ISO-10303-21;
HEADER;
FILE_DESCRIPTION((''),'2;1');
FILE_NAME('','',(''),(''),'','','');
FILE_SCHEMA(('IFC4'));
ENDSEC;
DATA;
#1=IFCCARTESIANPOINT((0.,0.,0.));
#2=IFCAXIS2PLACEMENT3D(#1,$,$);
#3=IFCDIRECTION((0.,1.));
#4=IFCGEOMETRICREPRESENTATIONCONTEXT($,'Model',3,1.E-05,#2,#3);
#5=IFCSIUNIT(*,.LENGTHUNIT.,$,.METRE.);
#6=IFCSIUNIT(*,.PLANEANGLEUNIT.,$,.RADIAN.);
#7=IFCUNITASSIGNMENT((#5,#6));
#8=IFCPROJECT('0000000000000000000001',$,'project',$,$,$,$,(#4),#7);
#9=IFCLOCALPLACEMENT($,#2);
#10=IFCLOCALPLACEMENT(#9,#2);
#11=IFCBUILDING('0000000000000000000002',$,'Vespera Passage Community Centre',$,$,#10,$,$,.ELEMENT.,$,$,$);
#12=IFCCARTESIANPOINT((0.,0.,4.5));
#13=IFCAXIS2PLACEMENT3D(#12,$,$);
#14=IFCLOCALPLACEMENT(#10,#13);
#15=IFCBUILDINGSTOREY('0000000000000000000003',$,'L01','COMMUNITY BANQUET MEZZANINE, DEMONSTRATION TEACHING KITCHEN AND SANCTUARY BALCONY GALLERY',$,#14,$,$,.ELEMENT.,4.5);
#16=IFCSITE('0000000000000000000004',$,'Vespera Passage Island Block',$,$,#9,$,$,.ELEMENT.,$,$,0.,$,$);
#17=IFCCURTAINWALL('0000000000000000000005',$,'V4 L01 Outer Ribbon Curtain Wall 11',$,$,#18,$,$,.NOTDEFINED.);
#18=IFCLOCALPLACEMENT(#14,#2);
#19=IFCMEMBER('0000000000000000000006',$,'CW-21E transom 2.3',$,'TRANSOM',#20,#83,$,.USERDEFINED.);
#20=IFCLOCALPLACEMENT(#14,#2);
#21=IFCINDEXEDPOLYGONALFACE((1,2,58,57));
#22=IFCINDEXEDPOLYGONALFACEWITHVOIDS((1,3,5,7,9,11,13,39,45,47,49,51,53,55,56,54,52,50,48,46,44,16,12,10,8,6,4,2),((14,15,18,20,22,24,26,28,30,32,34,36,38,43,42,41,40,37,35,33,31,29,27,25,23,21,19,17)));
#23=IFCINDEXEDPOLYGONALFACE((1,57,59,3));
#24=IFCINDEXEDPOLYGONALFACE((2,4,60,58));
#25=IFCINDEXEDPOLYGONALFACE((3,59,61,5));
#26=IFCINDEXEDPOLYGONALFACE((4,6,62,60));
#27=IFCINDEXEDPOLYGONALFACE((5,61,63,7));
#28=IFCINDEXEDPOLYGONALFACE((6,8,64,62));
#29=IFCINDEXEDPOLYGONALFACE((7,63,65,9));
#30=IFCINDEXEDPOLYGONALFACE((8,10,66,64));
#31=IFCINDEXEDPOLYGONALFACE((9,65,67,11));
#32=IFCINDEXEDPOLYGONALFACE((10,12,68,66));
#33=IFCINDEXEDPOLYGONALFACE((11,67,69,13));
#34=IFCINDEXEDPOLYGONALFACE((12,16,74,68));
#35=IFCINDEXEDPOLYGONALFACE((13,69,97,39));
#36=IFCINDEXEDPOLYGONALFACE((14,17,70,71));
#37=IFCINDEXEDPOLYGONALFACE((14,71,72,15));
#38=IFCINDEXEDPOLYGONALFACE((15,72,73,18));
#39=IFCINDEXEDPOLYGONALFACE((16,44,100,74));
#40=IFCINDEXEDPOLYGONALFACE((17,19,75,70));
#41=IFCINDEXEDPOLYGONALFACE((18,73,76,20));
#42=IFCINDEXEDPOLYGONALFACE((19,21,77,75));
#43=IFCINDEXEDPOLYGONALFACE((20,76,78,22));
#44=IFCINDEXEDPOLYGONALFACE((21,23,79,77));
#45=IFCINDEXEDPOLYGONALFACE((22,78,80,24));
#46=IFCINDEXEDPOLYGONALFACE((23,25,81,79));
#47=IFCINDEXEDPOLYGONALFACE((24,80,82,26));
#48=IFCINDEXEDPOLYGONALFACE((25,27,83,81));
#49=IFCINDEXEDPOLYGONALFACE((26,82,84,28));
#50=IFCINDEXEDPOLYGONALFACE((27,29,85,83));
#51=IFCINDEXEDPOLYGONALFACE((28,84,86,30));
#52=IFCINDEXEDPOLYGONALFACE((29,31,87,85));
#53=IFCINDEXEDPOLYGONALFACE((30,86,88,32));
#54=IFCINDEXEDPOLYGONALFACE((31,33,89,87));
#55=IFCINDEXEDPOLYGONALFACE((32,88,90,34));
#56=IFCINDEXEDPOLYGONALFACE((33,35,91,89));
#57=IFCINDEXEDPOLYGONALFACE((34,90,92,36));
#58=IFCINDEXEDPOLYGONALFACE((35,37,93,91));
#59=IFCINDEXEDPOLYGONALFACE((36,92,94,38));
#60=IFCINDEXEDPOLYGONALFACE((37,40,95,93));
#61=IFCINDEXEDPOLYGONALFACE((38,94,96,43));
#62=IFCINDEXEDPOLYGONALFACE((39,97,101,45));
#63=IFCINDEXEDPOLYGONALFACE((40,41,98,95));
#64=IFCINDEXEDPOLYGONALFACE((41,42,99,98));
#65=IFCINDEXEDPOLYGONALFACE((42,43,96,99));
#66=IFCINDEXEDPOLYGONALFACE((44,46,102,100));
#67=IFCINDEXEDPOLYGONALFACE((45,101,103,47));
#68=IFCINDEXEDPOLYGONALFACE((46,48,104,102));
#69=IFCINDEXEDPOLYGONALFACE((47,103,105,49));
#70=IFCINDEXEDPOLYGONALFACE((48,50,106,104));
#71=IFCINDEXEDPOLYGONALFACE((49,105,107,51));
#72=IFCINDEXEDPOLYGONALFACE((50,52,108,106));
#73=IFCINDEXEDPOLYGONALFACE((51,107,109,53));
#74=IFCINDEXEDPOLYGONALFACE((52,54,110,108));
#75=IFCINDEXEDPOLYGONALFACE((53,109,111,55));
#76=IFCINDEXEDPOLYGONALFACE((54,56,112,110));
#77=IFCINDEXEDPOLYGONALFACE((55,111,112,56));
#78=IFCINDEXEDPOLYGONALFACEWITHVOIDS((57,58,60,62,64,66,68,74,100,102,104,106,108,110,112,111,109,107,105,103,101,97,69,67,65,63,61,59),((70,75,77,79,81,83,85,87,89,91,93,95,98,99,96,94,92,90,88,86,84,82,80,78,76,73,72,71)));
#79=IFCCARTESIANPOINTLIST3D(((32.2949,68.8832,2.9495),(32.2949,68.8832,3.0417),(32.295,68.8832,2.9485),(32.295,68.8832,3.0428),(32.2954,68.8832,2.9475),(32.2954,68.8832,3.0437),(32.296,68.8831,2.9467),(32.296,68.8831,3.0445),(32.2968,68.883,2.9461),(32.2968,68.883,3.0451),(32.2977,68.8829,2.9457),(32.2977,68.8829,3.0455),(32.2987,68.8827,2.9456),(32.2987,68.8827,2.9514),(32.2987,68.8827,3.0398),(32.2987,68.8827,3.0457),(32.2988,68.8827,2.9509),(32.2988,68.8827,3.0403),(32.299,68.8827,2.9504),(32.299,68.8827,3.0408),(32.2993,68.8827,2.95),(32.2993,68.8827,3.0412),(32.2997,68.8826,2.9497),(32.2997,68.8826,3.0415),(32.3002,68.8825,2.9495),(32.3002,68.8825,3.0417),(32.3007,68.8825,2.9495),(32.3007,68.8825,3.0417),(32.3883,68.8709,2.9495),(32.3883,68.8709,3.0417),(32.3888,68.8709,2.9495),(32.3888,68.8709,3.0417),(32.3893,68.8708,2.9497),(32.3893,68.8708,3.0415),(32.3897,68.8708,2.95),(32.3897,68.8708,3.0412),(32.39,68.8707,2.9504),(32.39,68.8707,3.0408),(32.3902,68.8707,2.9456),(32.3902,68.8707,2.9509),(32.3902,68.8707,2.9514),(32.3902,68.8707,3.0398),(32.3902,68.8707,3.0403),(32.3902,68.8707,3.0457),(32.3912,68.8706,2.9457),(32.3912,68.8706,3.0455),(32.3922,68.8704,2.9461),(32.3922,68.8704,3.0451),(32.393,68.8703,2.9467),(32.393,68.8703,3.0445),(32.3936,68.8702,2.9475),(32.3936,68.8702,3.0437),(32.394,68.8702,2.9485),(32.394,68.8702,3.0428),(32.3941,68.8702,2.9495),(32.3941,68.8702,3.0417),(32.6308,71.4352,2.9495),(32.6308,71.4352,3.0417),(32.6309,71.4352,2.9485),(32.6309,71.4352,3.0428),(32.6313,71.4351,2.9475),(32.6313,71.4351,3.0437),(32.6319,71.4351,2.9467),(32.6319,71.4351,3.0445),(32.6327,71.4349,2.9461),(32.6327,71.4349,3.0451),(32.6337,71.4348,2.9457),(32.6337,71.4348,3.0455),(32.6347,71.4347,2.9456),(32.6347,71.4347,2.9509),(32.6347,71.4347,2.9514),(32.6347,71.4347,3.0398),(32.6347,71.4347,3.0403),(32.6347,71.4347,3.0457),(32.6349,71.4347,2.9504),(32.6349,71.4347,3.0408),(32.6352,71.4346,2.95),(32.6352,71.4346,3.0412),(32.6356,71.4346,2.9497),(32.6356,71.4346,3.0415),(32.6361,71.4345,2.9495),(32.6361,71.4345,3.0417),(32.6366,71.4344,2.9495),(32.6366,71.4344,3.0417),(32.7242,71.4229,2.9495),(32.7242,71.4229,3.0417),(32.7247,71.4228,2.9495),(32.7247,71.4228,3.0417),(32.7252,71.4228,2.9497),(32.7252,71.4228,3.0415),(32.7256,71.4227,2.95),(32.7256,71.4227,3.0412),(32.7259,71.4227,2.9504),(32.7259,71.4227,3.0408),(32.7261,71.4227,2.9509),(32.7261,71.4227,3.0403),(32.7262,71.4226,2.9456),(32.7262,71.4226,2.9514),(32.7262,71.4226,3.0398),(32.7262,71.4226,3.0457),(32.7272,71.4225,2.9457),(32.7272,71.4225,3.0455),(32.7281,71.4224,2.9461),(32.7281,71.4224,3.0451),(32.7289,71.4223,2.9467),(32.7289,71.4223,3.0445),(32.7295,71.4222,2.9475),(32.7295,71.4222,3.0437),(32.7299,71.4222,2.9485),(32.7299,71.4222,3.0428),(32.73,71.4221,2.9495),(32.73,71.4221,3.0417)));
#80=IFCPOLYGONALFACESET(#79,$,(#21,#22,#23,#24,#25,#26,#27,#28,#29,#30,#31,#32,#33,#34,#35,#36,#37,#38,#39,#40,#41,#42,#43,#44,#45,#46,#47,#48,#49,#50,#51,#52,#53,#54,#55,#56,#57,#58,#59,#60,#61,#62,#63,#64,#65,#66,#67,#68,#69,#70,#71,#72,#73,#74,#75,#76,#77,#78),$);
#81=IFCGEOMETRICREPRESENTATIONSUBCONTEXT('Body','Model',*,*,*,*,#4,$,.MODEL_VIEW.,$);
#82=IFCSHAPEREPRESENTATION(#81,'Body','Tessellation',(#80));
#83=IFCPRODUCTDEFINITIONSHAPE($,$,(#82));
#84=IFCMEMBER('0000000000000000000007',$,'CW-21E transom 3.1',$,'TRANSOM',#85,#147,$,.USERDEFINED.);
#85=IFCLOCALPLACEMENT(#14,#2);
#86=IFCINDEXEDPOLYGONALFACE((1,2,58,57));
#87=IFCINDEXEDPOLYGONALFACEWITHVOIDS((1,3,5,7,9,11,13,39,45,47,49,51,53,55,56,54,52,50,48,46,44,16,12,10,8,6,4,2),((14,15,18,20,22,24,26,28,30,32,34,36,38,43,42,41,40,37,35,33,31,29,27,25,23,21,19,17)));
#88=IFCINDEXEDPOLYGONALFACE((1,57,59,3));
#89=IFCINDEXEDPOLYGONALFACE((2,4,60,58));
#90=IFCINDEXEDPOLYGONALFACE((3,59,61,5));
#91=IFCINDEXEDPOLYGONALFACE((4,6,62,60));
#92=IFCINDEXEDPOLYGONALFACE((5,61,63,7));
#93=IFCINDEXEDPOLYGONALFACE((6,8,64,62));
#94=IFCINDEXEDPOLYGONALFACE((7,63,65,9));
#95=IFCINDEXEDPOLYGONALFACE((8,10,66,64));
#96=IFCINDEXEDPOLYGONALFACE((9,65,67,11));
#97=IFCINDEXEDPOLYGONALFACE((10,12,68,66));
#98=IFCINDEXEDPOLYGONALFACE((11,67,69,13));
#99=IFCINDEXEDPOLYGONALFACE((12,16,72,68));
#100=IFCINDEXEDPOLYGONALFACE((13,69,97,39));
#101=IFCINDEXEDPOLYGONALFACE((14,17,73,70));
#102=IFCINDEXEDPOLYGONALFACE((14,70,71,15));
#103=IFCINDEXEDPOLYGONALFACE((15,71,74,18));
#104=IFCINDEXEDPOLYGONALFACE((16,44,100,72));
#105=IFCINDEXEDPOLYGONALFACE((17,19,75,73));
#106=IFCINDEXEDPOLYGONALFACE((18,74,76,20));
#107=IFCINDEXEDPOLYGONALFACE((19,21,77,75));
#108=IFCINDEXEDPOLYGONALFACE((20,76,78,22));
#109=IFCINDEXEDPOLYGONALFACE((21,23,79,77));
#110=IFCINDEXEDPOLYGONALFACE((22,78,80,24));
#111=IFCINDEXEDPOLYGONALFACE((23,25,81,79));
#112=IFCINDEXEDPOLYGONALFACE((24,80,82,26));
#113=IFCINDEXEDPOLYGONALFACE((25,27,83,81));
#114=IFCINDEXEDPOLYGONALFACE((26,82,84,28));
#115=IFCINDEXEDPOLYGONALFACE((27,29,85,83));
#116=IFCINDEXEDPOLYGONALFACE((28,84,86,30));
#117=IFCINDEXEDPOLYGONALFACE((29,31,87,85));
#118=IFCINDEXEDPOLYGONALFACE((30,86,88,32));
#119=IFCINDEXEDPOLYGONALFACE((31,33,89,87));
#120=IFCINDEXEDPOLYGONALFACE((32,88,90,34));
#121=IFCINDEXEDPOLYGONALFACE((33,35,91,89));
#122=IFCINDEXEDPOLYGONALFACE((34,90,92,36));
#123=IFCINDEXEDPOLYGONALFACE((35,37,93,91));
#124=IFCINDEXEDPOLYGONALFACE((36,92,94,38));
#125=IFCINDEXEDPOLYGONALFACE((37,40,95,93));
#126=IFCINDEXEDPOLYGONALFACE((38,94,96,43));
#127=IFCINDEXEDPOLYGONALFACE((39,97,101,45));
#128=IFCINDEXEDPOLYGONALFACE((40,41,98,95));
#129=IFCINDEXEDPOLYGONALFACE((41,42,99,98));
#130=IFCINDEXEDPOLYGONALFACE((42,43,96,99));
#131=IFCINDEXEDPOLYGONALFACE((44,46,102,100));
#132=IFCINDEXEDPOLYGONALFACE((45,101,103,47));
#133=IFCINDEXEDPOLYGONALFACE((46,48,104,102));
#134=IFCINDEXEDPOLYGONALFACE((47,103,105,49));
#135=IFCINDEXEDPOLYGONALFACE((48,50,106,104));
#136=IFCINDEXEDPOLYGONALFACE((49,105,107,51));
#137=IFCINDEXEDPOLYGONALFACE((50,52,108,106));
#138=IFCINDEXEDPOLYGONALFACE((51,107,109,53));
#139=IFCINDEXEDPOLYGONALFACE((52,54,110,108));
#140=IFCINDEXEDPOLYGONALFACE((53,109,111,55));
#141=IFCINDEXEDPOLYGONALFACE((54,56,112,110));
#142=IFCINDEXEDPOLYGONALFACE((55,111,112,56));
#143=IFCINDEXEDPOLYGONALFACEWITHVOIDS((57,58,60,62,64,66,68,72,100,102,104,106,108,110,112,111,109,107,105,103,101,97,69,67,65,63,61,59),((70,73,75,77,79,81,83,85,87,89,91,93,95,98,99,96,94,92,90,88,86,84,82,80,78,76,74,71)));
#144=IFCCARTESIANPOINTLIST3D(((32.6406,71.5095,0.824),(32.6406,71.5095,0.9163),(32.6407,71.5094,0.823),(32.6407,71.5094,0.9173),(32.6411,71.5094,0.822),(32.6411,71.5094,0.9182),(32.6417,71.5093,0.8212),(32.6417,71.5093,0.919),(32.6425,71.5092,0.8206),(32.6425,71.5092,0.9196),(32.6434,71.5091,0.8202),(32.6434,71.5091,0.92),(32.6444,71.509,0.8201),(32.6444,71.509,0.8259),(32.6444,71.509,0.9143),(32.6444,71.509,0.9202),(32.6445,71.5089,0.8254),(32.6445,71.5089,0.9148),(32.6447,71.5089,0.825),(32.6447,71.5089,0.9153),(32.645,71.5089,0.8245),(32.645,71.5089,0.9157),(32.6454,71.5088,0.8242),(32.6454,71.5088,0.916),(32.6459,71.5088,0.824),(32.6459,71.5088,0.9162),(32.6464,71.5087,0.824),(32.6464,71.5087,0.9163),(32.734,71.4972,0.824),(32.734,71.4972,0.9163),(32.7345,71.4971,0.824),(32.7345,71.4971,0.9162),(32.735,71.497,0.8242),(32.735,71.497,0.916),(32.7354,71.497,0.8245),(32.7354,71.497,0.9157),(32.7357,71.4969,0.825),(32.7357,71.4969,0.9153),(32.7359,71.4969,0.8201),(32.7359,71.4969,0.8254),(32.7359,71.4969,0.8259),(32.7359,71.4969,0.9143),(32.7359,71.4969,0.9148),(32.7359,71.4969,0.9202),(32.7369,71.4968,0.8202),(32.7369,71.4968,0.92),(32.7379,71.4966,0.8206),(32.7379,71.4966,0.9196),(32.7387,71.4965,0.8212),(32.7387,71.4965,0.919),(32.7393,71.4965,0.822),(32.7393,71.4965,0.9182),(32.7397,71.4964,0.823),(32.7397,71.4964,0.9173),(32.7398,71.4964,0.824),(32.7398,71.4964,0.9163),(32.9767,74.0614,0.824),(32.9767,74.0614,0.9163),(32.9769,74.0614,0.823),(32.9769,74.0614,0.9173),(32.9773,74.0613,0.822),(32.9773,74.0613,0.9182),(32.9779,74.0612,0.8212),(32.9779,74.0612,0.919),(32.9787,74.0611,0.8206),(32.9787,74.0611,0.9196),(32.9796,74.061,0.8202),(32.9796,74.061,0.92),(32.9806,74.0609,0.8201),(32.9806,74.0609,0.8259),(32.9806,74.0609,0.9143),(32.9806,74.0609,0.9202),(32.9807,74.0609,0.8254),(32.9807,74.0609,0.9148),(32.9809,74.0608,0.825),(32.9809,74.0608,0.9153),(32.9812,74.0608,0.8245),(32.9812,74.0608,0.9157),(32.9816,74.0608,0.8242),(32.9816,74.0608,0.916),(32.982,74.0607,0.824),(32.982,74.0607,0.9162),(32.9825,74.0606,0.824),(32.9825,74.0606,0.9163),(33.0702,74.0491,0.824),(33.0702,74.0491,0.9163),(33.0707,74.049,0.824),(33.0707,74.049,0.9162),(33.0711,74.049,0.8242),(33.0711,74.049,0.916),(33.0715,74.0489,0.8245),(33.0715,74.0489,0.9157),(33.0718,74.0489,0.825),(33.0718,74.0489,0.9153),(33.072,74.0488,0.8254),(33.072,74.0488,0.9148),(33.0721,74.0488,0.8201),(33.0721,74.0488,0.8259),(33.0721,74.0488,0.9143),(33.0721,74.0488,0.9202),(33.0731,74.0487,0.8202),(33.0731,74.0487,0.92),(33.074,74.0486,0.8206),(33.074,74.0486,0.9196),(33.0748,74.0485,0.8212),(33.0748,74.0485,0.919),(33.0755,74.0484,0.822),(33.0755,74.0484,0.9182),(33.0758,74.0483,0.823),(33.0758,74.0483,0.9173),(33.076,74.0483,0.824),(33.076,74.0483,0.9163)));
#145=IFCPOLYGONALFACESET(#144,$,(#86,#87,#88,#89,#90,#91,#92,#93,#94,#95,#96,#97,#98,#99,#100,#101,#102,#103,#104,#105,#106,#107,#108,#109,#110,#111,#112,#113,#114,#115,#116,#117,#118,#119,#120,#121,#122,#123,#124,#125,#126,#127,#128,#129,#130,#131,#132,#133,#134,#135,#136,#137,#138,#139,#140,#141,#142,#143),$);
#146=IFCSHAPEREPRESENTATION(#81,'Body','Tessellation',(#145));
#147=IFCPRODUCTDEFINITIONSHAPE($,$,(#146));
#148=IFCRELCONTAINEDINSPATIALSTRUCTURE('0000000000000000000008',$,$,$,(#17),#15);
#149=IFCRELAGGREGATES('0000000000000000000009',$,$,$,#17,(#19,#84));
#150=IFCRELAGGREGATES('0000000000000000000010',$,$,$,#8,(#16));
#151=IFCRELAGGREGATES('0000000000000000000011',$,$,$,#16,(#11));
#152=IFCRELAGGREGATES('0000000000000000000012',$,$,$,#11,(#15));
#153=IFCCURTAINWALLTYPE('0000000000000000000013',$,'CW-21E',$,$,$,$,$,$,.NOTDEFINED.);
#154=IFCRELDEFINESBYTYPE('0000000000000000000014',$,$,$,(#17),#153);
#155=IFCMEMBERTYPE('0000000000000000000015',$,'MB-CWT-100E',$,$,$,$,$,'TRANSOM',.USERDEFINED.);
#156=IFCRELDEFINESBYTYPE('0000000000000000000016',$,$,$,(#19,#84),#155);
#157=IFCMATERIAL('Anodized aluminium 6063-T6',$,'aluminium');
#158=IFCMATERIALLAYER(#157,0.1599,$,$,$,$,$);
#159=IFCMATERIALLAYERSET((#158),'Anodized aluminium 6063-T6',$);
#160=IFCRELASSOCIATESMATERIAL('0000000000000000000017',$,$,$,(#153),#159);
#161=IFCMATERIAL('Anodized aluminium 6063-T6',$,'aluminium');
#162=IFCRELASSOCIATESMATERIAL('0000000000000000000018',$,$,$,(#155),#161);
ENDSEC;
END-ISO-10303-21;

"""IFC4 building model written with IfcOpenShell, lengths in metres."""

from ifc_helpers import new_model, si_unit, direction, frame, origin, origin_2d, place, context, subcontext, project, spatial, hollow_rectangle, extrude, material, layer, layer_set, material_profile, profile_set, type_object, element, aggregate, save


model = new_model("IFC4")

# Units and contexts
model_context = context("Model", 3, precision=1e-05, world=origin(), true_north=direction((0.0, 1.0)))
body_context = subcontext(model_context, "Body", "Model", "MODEL_VIEW")
ifc_project = project(units=[si_unit("LENGTHUNIT", "METRE"), si_unit("PLANEANGLEUNIT", "RADIAN")], contexts=[model_context])

# Site, building, storey
site_placement = place(None, origin())
site = spatial("IfcSite", under=ifc_project, at=site_placement, Name="Vespera Passage Island Block", CompositionType="ELEMENT", RefElevation=0.0)
building_placement = place(site_placement, origin())
building = spatial("IfcBuilding", under=site, at=building_placement, Name="Vespera Passage Community Centre", CompositionType="ELEMENT")
storey_placement = place(building_placement, frame((0.0, 0.0, 4.5)))
storey = spatial("IfcBuildingStorey", under=building, at=storey_placement, Name="L01", Description="COMMUNITY BANQUET MEZZANINE, DEMONSTRATION TEACHING KITCHEN AND SANCTUARY BALCONY GALLERY", CompositionType="ELEMENT", Elevation=4.5)

# Curtain wall, members
ifc_material_1 = material(Name="Anodized aluminium 6063-T6", Category="aluminium")
ifc_layer_1 = layer(ifc_material_1, 0.1599)
ifc_layer_set_1 = layer_set([ifc_layer_1], Name="Anodized aluminium 6063-T6")
curtain_wall_type = type_object("IfcCurtainWallType", Name="CW-21E", PredefinedType="NOTDEFINED", material=ifc_layer_set_1)
curtain_wall_placement = place(storey_placement, origin())
curtain_wall = element("IfcCurtainWall", 1, at=curtain_wall_placement, inside=storey, type_object=curtain_wall_type, Name="V4 L01 Outer Ribbon Curtain Wall 11", PredefinedType="NOTDEFINED")
ifc_material_2 = material(Name="Anodized aluminium 6063-T6", Category="aluminium")
ifc_material_profile_1 = material_profile(ifc_material_2, hollow_rectangle(XDim=0.1001, YDim=0.1001, WallThickness=0.0039, InnerFilletRadius=0.002, OuterFilletRadius=0.0039, at=origin_2d()), Name="ALU100X100X4")
ifc_profile_set_1 = profile_set([ifc_material_profile_1], Name="Anodized aluminium 6063-T6")
member_type_1 = type_object("IfcMemberType", Name="MB-CWT-100E", ElementType="TRANSOM", PredefinedType="USERDEFINED", material=ifc_profile_set_1)
member_1_placement = place(storey_placement, frame((32.3445, 68.8767, 2.9956), z_axis=(0.130511, 0.991447, 0.0), x_axis=(-0.991447, 0.130511, 0.0)))
member_1 = element("IfcMember", 2, at=member_1_placement, type_object=member_type_1, Name="CW-21E transom 2.3", ObjectType="TRANSOM", PredefinedType="USERDEFINED", context=body_context, shape_type="SweptSolid", body=[
    extrude(hollow_rectangle(XDim=0.1001, YDim=0.1001, WallThickness=0.0039, InnerFilletRadius=0.002, OuterFilletRadius=0.0039, at=origin_2d()), origin(), (0.0, 0.0, 1.0), 2.574),
])
member_2_placement = place(storey_placement, frame((32.6902, 71.5029, 0.8701), z_axis=(0.130604, 0.991435, 0.0), x_axis=(-0.991435, 0.130604, 0.0)))
member_2 = element("IfcMember", 3, at=member_2_placement, type_object=member_type_1, Name="CW-21E transom 3.1", ObjectType="TRANSOM", PredefinedType="USERDEFINED", context=body_context, shape_type="SweptSolid", body=[
    extrude(hollow_rectangle(XDim=0.1001, YDim=0.1001, WallThickness=0.0039, InnerFilletRadius=0.002, OuterFilletRadius=0.0039, at=origin_2d()), origin(), (0.0, 0.0, 1.0), 2.574),
])
aggregate(curtain_wall, [member_1, member_2])

save(model, "model.ifc")
